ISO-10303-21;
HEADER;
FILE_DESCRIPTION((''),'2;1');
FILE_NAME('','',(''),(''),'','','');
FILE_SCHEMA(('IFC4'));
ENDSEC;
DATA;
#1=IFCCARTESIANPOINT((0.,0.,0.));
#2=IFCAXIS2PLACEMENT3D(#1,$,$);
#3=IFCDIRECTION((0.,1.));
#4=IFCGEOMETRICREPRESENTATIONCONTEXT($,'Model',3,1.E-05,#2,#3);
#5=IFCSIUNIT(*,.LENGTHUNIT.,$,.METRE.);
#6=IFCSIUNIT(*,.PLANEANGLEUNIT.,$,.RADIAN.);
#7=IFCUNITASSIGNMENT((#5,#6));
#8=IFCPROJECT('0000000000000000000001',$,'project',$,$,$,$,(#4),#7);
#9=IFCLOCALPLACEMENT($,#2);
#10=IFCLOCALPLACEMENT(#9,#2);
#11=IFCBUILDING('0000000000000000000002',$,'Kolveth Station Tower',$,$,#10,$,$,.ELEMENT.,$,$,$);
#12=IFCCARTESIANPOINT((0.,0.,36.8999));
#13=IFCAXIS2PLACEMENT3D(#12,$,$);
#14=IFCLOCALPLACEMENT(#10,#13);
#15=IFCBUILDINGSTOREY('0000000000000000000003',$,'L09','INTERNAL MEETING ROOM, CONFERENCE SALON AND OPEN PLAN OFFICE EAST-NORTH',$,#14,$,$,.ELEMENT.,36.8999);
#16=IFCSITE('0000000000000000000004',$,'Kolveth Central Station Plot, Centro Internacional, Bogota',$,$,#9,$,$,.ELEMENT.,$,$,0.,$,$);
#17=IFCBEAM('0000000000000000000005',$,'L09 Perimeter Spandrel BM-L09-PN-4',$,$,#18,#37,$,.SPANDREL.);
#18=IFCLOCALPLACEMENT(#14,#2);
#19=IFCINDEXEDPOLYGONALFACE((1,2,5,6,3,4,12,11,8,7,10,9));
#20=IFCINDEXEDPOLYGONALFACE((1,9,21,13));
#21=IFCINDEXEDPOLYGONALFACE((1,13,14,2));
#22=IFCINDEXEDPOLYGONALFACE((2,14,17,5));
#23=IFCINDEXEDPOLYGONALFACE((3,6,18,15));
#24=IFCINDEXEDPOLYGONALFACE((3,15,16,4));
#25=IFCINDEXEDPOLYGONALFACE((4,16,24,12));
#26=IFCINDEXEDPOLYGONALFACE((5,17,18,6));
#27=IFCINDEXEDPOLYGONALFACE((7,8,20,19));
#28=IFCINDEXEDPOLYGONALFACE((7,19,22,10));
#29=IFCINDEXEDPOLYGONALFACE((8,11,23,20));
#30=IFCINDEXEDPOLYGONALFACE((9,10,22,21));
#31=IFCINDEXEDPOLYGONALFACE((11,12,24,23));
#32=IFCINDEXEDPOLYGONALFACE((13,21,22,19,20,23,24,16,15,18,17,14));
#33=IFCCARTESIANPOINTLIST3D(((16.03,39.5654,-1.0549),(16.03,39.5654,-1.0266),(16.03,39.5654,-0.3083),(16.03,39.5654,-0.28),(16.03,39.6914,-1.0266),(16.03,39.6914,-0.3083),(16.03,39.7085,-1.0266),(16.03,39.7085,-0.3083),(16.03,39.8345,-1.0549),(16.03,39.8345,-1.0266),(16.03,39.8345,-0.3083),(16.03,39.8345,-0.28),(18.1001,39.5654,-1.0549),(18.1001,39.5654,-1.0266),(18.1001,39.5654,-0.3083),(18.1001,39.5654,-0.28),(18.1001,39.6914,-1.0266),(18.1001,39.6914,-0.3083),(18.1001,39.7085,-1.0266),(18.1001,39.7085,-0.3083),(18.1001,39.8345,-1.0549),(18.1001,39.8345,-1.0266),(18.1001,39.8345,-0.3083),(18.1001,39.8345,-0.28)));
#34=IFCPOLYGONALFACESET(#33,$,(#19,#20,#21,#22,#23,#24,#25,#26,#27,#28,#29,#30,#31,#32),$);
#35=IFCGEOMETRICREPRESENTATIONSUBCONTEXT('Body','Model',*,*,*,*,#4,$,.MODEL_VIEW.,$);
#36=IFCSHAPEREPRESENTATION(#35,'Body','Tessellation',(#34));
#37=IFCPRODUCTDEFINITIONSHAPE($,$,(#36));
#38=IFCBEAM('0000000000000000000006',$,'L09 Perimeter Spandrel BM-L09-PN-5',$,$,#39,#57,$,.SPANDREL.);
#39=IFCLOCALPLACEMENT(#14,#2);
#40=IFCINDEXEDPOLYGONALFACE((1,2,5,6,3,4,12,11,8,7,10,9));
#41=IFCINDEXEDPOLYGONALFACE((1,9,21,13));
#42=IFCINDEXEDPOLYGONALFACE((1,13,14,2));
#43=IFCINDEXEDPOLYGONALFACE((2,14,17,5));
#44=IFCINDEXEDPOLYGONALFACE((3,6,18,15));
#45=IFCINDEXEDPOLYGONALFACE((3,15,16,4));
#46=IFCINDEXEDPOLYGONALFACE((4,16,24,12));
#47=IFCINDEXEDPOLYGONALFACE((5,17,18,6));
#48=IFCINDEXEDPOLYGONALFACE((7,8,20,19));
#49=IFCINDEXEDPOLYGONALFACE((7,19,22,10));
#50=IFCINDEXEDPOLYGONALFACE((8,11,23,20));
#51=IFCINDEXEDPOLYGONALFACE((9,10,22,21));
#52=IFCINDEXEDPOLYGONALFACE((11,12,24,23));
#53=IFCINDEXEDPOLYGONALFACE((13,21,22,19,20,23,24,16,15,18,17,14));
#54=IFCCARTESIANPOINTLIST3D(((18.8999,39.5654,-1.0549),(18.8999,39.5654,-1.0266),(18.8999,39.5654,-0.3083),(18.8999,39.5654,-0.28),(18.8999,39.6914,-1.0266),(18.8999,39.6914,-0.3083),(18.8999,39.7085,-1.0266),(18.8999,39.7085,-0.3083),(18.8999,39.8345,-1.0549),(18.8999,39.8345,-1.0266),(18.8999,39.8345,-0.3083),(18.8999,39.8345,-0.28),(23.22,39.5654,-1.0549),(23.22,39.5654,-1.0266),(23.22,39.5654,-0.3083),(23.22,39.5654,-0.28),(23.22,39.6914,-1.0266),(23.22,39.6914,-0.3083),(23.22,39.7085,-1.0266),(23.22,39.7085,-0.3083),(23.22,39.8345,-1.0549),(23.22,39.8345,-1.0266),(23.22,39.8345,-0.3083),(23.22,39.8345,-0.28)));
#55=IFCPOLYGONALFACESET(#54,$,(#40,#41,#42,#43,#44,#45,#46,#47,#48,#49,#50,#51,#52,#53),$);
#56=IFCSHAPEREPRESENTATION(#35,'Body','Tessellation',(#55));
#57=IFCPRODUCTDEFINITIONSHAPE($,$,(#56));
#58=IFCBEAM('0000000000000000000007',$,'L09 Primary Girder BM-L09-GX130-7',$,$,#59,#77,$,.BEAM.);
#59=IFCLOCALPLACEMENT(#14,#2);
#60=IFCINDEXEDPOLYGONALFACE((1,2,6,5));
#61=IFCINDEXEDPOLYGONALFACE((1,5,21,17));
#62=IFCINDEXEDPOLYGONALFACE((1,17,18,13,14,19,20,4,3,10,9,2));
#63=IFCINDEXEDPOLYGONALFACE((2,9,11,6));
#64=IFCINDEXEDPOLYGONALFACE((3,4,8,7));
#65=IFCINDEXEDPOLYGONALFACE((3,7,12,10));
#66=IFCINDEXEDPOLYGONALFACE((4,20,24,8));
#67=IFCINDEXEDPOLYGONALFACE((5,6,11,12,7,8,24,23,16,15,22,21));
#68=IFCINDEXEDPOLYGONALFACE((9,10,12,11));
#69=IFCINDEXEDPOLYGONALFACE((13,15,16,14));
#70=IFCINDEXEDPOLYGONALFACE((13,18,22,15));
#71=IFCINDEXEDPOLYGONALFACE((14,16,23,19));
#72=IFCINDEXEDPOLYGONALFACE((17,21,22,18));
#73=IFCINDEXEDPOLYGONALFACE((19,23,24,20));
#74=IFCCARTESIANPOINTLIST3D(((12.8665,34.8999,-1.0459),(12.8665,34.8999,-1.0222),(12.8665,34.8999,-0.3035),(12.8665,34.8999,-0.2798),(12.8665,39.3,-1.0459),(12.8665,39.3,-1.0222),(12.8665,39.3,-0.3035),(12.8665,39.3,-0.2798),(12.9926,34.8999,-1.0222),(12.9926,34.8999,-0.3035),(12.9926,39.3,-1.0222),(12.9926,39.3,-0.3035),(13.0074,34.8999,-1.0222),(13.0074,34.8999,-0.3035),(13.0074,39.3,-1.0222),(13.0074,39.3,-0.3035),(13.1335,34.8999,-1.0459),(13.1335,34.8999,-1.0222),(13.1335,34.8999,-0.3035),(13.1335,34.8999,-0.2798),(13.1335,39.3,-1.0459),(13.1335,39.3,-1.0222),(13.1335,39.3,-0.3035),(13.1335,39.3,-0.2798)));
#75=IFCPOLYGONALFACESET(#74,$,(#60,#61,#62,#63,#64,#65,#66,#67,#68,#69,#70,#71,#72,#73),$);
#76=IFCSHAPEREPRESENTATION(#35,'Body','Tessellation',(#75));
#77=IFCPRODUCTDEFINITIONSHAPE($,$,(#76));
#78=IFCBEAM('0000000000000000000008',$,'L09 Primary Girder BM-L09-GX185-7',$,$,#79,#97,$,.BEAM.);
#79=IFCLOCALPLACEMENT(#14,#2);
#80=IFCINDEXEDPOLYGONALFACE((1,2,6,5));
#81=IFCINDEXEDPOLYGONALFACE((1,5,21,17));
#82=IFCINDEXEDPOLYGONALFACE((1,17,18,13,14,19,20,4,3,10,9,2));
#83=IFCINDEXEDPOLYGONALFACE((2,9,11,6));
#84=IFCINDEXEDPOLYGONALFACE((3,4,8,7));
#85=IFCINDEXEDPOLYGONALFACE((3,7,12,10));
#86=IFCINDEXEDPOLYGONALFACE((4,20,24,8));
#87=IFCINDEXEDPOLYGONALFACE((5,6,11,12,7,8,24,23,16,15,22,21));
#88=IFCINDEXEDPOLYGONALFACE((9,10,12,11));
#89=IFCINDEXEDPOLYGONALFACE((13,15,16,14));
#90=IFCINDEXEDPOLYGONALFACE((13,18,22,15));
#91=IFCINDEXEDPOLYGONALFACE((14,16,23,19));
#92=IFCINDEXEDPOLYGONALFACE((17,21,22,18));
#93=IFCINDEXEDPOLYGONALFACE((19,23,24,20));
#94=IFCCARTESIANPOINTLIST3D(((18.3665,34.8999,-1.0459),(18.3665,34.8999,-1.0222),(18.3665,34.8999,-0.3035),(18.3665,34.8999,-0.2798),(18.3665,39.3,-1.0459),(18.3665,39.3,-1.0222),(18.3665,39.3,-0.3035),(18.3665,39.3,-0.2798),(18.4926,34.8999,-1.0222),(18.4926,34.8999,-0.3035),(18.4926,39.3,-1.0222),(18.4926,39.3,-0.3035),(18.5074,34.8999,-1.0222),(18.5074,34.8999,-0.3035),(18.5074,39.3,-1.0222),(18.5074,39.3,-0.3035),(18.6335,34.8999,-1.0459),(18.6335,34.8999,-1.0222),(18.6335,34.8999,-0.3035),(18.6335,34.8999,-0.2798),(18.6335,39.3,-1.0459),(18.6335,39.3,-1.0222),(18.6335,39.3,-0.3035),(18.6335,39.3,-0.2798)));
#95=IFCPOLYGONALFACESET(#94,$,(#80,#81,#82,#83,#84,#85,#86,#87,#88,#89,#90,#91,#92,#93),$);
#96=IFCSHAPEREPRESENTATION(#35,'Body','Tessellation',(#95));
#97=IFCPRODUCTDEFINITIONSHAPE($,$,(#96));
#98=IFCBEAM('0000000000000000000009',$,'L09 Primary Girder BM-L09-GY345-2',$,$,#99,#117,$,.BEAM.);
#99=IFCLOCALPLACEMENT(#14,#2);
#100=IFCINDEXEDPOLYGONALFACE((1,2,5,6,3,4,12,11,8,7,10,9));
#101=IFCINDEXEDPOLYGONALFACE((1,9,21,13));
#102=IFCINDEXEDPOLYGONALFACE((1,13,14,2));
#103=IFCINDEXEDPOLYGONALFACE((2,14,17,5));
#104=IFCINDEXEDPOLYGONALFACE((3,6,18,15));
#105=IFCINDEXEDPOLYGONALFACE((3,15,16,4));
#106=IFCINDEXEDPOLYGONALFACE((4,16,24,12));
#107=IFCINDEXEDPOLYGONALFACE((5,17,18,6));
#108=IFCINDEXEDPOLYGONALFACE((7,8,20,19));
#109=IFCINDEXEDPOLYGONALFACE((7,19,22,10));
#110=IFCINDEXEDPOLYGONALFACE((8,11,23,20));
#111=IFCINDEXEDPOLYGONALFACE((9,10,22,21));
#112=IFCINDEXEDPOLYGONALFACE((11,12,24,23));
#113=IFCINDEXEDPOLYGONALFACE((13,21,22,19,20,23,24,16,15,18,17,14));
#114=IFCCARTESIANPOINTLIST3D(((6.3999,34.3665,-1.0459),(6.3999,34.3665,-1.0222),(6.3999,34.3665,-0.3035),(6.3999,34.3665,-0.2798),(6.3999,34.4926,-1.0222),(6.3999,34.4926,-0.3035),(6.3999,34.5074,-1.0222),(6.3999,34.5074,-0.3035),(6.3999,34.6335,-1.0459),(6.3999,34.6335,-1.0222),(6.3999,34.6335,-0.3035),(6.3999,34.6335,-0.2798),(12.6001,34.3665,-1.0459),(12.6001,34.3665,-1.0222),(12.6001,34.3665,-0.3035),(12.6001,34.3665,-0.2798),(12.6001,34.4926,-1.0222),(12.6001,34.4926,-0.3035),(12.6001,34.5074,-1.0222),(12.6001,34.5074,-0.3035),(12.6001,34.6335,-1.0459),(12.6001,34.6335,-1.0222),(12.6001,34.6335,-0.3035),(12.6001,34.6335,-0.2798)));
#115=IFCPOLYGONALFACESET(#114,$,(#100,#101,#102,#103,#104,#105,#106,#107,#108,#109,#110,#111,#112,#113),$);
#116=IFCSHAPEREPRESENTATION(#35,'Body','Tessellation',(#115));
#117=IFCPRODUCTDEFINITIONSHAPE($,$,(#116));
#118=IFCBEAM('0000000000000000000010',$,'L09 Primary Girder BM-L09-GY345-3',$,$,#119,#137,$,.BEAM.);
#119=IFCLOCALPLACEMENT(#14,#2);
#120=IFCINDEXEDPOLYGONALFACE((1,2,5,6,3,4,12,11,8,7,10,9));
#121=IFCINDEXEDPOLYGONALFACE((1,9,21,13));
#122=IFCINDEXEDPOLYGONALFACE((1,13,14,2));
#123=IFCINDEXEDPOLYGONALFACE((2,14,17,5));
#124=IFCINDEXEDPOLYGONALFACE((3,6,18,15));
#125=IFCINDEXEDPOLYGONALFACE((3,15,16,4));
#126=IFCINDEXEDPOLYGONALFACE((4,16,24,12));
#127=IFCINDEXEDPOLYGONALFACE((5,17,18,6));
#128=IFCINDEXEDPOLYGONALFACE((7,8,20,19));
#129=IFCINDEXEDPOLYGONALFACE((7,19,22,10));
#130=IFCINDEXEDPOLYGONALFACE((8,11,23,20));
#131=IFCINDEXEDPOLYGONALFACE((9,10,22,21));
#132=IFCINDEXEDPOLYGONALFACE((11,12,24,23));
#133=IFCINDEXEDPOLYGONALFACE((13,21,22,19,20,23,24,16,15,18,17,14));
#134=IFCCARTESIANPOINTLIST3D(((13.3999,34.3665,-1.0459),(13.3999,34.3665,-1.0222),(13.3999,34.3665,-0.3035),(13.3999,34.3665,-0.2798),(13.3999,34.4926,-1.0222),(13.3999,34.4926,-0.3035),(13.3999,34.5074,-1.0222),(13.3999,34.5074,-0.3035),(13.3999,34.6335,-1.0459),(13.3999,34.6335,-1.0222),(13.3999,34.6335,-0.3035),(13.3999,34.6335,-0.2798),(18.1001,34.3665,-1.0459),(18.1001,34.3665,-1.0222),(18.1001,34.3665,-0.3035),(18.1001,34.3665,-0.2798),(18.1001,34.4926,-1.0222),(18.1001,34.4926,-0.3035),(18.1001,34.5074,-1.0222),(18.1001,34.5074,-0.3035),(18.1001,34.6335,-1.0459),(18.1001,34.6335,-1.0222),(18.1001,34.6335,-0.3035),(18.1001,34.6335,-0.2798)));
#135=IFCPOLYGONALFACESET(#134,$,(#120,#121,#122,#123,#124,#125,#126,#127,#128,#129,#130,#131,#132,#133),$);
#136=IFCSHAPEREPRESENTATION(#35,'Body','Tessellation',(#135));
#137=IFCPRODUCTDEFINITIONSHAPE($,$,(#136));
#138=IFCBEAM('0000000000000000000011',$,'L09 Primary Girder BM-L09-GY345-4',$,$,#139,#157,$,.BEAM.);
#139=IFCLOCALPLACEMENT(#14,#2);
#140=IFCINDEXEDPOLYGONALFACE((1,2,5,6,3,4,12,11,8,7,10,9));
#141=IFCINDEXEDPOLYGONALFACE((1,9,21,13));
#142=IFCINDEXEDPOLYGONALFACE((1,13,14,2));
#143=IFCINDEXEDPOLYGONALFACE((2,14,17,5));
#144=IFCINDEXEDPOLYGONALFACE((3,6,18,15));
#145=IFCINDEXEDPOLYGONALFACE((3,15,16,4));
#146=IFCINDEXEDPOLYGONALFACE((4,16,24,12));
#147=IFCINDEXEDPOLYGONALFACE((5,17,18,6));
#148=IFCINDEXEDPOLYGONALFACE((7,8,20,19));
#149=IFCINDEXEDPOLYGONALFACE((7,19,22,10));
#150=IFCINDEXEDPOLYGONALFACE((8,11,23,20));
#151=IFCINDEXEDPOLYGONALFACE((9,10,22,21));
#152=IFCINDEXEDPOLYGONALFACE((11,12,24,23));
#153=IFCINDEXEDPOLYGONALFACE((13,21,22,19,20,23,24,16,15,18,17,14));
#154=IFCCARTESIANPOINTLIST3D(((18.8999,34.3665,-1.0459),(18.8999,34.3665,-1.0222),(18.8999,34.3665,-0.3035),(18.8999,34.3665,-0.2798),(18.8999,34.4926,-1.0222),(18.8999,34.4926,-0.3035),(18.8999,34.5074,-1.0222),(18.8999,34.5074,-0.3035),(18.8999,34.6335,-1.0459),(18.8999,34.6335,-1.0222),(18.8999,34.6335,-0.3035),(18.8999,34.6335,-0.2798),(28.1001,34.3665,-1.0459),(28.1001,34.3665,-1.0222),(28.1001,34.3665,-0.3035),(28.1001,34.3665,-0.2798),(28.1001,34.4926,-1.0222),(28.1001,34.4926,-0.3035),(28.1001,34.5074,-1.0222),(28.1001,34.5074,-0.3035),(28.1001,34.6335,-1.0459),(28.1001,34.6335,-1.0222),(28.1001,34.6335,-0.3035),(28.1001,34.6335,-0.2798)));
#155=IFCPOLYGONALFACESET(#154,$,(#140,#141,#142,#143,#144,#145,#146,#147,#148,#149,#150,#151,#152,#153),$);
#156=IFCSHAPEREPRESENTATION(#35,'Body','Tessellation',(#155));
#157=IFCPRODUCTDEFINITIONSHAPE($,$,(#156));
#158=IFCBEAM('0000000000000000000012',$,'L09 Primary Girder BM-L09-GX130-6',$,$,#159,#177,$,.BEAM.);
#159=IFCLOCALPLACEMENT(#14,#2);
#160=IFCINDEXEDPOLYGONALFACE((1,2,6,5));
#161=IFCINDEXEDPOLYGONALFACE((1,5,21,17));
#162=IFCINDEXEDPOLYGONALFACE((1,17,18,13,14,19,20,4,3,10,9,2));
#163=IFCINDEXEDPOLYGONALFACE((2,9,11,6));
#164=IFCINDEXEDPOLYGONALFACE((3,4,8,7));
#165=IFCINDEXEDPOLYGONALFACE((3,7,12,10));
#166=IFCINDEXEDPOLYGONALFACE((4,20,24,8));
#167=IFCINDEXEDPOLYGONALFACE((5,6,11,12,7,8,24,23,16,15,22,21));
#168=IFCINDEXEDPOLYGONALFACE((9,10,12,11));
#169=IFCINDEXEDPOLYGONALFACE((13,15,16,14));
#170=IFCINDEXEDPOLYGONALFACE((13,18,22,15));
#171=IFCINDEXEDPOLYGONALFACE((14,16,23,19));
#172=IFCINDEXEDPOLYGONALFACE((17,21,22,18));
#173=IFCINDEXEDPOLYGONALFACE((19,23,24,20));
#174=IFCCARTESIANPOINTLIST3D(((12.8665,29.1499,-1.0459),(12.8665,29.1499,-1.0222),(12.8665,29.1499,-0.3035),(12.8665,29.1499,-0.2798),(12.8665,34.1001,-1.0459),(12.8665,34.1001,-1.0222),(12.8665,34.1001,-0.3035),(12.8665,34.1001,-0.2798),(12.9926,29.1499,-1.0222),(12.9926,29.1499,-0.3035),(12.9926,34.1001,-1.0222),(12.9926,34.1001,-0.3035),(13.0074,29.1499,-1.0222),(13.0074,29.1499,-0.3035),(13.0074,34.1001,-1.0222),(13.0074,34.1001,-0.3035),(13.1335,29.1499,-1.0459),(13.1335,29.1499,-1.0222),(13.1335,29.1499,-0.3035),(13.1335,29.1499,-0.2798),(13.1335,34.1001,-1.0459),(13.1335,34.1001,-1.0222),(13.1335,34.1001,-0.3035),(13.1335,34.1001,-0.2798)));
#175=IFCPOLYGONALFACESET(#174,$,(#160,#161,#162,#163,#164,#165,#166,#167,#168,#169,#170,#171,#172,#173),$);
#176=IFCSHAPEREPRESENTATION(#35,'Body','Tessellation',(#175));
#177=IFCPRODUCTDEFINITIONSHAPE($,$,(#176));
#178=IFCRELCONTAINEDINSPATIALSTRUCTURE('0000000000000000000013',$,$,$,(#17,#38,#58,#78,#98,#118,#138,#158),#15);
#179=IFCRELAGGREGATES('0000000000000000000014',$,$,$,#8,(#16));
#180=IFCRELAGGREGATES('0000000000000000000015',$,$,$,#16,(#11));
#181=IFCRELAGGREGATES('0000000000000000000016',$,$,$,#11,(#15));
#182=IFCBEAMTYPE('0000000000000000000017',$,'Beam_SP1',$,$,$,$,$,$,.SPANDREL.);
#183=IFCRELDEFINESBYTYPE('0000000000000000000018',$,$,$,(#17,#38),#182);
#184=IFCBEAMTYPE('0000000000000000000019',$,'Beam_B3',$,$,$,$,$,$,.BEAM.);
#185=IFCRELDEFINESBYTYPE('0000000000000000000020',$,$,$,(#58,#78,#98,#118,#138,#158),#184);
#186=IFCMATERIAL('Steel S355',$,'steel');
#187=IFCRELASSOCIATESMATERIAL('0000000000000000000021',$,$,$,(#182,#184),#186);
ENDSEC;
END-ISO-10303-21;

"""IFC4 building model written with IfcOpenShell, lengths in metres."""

from ifc_helpers import new_model, si_unit, direction, frame, origin, origin_2d, place, context, subcontext, project, spatial, i_section, extrude, source, transform, mapped, material, material_profile, profile_set, type_object, element, save


model = new_model("IFC4")

# Units and contexts
model_context = context("Model", 3, precision=1e-05, world=origin(), true_north=direction((0.0, 1.0)))
body_context = subcontext(model_context, "Body", "Model", "MODEL_VIEW")
ifc_project = project(units=[si_unit("LENGTHUNIT", "METRE"), si_unit("PLANEANGLEUNIT", "RADIAN")], contexts=[model_context])

# Site, building, storey
site_placement = place(None, origin())
site = spatial("IfcSite", under=ifc_project, at=site_placement, Name="Kolveth Central Station Plot, Centro Internacional, Bogota", CompositionType="ELEMENT", RefElevation=0.0)
building_placement = place(site_placement, origin())
building = spatial("IfcBuilding", under=site, at=building_placement, Name="Kolveth Station Tower", CompositionType="ELEMENT")
storey_placement = place(building_placement, frame((0.0, 0.0, 36.8999)))
storey = spatial("IfcBuildingStorey", under=building, at=storey_placement, Name="L09", Description="INTERNAL MEETING ROOM, CONFERENCE SALON AND OPEN PLAN OFFICE EAST-NORTH", CompositionType="ELEMENT", Elevation=36.8999)

# Shared definitions
ifc_material_1 = material(Name="Steel S355", Category="steel")

# Beams
ifc_material_profile_1 = material_profile(ifc_material_1, i_section(OverallWidth=0.269, OverallDepth=0.7749, WebThickness=0.0171, FlangeThickness=0.0283, at=origin_2d()), Name="W760x220")
ifc_profile_set_1 = profile_set([ifc_material_profile_1], Name="Steel S355")
beam_type_1 = type_object("IfcBeamType", Name="Beam_SP1", PredefinedType="SPANDREL", material=ifc_profile_set_1)
shared_shape_1 = source(origin(), body_context, "Body", "SweptSolid", [
    extrude(i_section(OverallWidth=0.269, OverallDepth=0.7749, WebThickness=0.0171, FlangeThickness=0.0283, at=origin_2d()), origin(), (0.0, 0.0, 1.0), 2.0701),
])
for number, where, z_axis, x_axis, name in (
    (1, (16.03, 39.7, -0.6675), (1.0, 0.0, 0.0), (0.0, 1.0, 0.0), "L09 Perimeter Spandrel BM-L09-PN-4"),
):
    element("IfcBeam", number, at=place(storey_placement, frame(where, z_axis=z_axis, x_axis=x_axis)), inside=storey, type_object=beam_type_1, Name=name, PredefinedType="SPANDREL", context=body_context, shape_type="MappedRepresentation", body=[
        mapped(shared_shape_1, transform((0.0, 0.0, 0.0), x_axis=(1.0, 0.0, 0.0), y_axis=(0.0, 1.0, 0.0), z_axis=(0.0, 0.0, 1.0), scale=1.0)),
    ])
shared_shape_2 = source(origin(), body_context, "Body", "SweptSolid", [
    extrude(i_section(OverallWidth=0.269, OverallDepth=0.7749, WebThickness=0.0171, FlangeThickness=0.0283, at=origin_2d()), origin(), (0.0, 0.0, 1.0), 4.3201),
])
beam_1_placement = place(storey_placement, frame((18.8999, 39.7, -0.6675), z_axis=(1.0, 0.0, 0.0), x_axis=(0.0, 1.0, 0.0)))
element("IfcBeam", 2, at=beam_1_placement, inside=storey, type_object=beam_type_1, Name="L09 Perimeter Spandrel BM-L09-PN-5", PredefinedType="SPANDREL", context=body_context, shape_type="MappedRepresentation", body=[
    mapped(shared_shape_2, transform((0.0, 0.0, 0.0), x_axis=(1.0, 0.0, 0.0), y_axis=(0.0, 1.0, 0.0), z_axis=(0.0, 0.0, 1.0), scale=1.0)),
])
ifc_material_profile_2 = material_profile(ifc_material_1, i_section(OverallWidth=0.2671, OverallDepth=0.7661, WebThickness=0.0149, FlangeThickness=0.0237, at=origin_2d()), Name="W760x185")
ifc_profile_set_2 = profile_set([ifc_material_profile_2], Name="Steel S355")
beam_type_2 = type_object("IfcBeamType", Name="Beam_B3", PredefinedType="BEAM", material=ifc_profile_set_2)
shared_shape_3 = source(origin(), body_context, "Body", "SweptSolid", [
    extrude(i_section(OverallWidth=0.2671, OverallDepth=0.7661, WebThickness=0.0149, FlangeThickness=0.0237, at=origin_2d()), origin(), (0.0, 0.0, 1.0), 4.4001),
])
for number, where, z_axis, x_axis, name in (
    (3, (13.0, 34.8999, -0.6628), (0.0, 1.0, 0.0), (-1.0, 0.0, 0.0), "L09 Primary Girder BM-L09-GX130-7"),
    (4, (18.5, 34.8999, -0.6628), (0.0, 1.0, 0.0), (-1.0, 0.0, 0.0), "L09 Primary Girder BM-L09-GX185-7"),
):
    element("IfcBeam", number, at=place(storey_placement, frame(where, z_axis=z_axis, x_axis=x_axis)), inside=storey, type_object=beam_type_2, Name=name, PredefinedType="BEAM", context=body_context, shape_type="MappedRepresentation", body=[
        mapped(shared_shape_3, transform((0.0, 0.0, 0.0), x_axis=(1.0, 0.0, 0.0), y_axis=(0.0, 1.0, 0.0), z_axis=(0.0, 0.0, 1.0), scale=1.0)),
    ])
shared_shape_4 = source(origin(), body_context, "Body", "SweptSolid", [
    extrude(i_section(OverallWidth=0.2671, OverallDepth=0.7661, WebThickness=0.0149, FlangeThickness=0.0237, at=origin_2d()), origin(), (0.0, 0.0, 1.0), 6.2002),
])
beam_2_placement = place(storey_placement, frame((6.3999, 34.5, -0.6628), z_axis=(1.0, 0.0, 0.0), x_axis=(0.0, 1.0, 0.0)))
element("IfcBeam", 5, at=beam_2_placement, inside=storey, type_object=beam_type_2, Name="L09 Primary Girder BM-L09-GY345-2", PredefinedType="BEAM", context=body_context, shape_type="MappedRepresentation", body=[
    mapped(shared_shape_4, transform((0.0, 0.0, 0.0), x_axis=(1.0, 0.0, 0.0), y_axis=(0.0, 1.0, 0.0), z_axis=(0.0, 0.0, 1.0), scale=1.0)),
])
shared_shape_5 = source(origin(), body_context, "Body", "SweptSolid", [
    extrude(i_section(OverallWidth=0.2671, OverallDepth=0.7661, WebThickness=0.0149, FlangeThickness=0.0237, at=origin_2d()), origin(), (0.0, 0.0, 1.0), 4.7002),
])
beam_3_placement = place(storey_placement, frame((13.3999, 34.5, -0.6628), z_axis=(1.0, 0.0, 0.0), x_axis=(0.0, 1.0, 0.0)))
element("IfcBeam", 6, at=beam_3_placement, inside=storey, type_object=beam_type_2, Name="L09 Primary Girder BM-L09-GY345-3", PredefinedType="BEAM", context=body_context, shape_type="MappedRepresentation", body=[
    mapped(shared_shape_5, transform((0.0, 0.0, 0.0), x_axis=(1.0, 0.0, 0.0), y_axis=(0.0, 1.0, 0.0), z_axis=(0.0, 0.0, 1.0), scale=1.0)),
])
shared_shape_6 = source(origin(), body_context, "Body", "SweptSolid", [
    extrude(i_section(OverallWidth=0.2671, OverallDepth=0.7661, WebThickness=0.0149, FlangeThickness=0.0237, at=origin_2d()), origin(), (0.0, 0.0, 1.0), 9.2002),
])
beam_4_placement = place(storey_placement, frame((18.8999, 34.5, -0.6628), z_axis=(1.0, 0.0, 0.0), x_axis=(0.0, 1.0, 0.0)))
element("IfcBeam", 7, at=beam_4_placement, inside=storey, type_object=beam_type_2, Name="L09 Primary Girder BM-L09-GY345-4", PredefinedType="BEAM", context=body_context, shape_type="MappedRepresentation", body=[
    mapped(shared_shape_6, transform((0.0, 0.0, 0.0), x_axis=(1.0, 0.0, 0.0), y_axis=(0.0, 1.0, 0.0), z_axis=(0.0, 0.0, 1.0), scale=1.0)),
])
shared_shape_7 = source(origin(), body_context, "Body", "SweptSolid", [
    extrude(i_section(OverallWidth=0.2671, OverallDepth=0.7661, WebThickness=0.0149, FlangeThickness=0.0237, at=origin_2d()), origin(), (0.0, 0.0, 1.0), 4.9502),
])
beam_5_placement = place(storey_placement, frame((13.0, 29.1499, -0.6628), z_axis=(0.0, 1.0, 0.0), x_axis=(-1.0, 0.0, 0.0)))
element("IfcBeam", 8, at=beam_5_placement, inside=storey, type_object=beam_type_2, Name="L09 Primary Girder BM-L09-GX130-6", PredefinedType="BEAM", context=body_context, shape_type="MappedRepresentation", body=[
    mapped(shared_shape_7, transform((0.0, 0.0, 0.0), x_axis=(1.0, 0.0, 0.0), y_axis=(0.0, 1.0, 0.0), z_axis=(0.0, 0.0, 1.0), scale=1.0)),
])

save(model, "model.ifc")
